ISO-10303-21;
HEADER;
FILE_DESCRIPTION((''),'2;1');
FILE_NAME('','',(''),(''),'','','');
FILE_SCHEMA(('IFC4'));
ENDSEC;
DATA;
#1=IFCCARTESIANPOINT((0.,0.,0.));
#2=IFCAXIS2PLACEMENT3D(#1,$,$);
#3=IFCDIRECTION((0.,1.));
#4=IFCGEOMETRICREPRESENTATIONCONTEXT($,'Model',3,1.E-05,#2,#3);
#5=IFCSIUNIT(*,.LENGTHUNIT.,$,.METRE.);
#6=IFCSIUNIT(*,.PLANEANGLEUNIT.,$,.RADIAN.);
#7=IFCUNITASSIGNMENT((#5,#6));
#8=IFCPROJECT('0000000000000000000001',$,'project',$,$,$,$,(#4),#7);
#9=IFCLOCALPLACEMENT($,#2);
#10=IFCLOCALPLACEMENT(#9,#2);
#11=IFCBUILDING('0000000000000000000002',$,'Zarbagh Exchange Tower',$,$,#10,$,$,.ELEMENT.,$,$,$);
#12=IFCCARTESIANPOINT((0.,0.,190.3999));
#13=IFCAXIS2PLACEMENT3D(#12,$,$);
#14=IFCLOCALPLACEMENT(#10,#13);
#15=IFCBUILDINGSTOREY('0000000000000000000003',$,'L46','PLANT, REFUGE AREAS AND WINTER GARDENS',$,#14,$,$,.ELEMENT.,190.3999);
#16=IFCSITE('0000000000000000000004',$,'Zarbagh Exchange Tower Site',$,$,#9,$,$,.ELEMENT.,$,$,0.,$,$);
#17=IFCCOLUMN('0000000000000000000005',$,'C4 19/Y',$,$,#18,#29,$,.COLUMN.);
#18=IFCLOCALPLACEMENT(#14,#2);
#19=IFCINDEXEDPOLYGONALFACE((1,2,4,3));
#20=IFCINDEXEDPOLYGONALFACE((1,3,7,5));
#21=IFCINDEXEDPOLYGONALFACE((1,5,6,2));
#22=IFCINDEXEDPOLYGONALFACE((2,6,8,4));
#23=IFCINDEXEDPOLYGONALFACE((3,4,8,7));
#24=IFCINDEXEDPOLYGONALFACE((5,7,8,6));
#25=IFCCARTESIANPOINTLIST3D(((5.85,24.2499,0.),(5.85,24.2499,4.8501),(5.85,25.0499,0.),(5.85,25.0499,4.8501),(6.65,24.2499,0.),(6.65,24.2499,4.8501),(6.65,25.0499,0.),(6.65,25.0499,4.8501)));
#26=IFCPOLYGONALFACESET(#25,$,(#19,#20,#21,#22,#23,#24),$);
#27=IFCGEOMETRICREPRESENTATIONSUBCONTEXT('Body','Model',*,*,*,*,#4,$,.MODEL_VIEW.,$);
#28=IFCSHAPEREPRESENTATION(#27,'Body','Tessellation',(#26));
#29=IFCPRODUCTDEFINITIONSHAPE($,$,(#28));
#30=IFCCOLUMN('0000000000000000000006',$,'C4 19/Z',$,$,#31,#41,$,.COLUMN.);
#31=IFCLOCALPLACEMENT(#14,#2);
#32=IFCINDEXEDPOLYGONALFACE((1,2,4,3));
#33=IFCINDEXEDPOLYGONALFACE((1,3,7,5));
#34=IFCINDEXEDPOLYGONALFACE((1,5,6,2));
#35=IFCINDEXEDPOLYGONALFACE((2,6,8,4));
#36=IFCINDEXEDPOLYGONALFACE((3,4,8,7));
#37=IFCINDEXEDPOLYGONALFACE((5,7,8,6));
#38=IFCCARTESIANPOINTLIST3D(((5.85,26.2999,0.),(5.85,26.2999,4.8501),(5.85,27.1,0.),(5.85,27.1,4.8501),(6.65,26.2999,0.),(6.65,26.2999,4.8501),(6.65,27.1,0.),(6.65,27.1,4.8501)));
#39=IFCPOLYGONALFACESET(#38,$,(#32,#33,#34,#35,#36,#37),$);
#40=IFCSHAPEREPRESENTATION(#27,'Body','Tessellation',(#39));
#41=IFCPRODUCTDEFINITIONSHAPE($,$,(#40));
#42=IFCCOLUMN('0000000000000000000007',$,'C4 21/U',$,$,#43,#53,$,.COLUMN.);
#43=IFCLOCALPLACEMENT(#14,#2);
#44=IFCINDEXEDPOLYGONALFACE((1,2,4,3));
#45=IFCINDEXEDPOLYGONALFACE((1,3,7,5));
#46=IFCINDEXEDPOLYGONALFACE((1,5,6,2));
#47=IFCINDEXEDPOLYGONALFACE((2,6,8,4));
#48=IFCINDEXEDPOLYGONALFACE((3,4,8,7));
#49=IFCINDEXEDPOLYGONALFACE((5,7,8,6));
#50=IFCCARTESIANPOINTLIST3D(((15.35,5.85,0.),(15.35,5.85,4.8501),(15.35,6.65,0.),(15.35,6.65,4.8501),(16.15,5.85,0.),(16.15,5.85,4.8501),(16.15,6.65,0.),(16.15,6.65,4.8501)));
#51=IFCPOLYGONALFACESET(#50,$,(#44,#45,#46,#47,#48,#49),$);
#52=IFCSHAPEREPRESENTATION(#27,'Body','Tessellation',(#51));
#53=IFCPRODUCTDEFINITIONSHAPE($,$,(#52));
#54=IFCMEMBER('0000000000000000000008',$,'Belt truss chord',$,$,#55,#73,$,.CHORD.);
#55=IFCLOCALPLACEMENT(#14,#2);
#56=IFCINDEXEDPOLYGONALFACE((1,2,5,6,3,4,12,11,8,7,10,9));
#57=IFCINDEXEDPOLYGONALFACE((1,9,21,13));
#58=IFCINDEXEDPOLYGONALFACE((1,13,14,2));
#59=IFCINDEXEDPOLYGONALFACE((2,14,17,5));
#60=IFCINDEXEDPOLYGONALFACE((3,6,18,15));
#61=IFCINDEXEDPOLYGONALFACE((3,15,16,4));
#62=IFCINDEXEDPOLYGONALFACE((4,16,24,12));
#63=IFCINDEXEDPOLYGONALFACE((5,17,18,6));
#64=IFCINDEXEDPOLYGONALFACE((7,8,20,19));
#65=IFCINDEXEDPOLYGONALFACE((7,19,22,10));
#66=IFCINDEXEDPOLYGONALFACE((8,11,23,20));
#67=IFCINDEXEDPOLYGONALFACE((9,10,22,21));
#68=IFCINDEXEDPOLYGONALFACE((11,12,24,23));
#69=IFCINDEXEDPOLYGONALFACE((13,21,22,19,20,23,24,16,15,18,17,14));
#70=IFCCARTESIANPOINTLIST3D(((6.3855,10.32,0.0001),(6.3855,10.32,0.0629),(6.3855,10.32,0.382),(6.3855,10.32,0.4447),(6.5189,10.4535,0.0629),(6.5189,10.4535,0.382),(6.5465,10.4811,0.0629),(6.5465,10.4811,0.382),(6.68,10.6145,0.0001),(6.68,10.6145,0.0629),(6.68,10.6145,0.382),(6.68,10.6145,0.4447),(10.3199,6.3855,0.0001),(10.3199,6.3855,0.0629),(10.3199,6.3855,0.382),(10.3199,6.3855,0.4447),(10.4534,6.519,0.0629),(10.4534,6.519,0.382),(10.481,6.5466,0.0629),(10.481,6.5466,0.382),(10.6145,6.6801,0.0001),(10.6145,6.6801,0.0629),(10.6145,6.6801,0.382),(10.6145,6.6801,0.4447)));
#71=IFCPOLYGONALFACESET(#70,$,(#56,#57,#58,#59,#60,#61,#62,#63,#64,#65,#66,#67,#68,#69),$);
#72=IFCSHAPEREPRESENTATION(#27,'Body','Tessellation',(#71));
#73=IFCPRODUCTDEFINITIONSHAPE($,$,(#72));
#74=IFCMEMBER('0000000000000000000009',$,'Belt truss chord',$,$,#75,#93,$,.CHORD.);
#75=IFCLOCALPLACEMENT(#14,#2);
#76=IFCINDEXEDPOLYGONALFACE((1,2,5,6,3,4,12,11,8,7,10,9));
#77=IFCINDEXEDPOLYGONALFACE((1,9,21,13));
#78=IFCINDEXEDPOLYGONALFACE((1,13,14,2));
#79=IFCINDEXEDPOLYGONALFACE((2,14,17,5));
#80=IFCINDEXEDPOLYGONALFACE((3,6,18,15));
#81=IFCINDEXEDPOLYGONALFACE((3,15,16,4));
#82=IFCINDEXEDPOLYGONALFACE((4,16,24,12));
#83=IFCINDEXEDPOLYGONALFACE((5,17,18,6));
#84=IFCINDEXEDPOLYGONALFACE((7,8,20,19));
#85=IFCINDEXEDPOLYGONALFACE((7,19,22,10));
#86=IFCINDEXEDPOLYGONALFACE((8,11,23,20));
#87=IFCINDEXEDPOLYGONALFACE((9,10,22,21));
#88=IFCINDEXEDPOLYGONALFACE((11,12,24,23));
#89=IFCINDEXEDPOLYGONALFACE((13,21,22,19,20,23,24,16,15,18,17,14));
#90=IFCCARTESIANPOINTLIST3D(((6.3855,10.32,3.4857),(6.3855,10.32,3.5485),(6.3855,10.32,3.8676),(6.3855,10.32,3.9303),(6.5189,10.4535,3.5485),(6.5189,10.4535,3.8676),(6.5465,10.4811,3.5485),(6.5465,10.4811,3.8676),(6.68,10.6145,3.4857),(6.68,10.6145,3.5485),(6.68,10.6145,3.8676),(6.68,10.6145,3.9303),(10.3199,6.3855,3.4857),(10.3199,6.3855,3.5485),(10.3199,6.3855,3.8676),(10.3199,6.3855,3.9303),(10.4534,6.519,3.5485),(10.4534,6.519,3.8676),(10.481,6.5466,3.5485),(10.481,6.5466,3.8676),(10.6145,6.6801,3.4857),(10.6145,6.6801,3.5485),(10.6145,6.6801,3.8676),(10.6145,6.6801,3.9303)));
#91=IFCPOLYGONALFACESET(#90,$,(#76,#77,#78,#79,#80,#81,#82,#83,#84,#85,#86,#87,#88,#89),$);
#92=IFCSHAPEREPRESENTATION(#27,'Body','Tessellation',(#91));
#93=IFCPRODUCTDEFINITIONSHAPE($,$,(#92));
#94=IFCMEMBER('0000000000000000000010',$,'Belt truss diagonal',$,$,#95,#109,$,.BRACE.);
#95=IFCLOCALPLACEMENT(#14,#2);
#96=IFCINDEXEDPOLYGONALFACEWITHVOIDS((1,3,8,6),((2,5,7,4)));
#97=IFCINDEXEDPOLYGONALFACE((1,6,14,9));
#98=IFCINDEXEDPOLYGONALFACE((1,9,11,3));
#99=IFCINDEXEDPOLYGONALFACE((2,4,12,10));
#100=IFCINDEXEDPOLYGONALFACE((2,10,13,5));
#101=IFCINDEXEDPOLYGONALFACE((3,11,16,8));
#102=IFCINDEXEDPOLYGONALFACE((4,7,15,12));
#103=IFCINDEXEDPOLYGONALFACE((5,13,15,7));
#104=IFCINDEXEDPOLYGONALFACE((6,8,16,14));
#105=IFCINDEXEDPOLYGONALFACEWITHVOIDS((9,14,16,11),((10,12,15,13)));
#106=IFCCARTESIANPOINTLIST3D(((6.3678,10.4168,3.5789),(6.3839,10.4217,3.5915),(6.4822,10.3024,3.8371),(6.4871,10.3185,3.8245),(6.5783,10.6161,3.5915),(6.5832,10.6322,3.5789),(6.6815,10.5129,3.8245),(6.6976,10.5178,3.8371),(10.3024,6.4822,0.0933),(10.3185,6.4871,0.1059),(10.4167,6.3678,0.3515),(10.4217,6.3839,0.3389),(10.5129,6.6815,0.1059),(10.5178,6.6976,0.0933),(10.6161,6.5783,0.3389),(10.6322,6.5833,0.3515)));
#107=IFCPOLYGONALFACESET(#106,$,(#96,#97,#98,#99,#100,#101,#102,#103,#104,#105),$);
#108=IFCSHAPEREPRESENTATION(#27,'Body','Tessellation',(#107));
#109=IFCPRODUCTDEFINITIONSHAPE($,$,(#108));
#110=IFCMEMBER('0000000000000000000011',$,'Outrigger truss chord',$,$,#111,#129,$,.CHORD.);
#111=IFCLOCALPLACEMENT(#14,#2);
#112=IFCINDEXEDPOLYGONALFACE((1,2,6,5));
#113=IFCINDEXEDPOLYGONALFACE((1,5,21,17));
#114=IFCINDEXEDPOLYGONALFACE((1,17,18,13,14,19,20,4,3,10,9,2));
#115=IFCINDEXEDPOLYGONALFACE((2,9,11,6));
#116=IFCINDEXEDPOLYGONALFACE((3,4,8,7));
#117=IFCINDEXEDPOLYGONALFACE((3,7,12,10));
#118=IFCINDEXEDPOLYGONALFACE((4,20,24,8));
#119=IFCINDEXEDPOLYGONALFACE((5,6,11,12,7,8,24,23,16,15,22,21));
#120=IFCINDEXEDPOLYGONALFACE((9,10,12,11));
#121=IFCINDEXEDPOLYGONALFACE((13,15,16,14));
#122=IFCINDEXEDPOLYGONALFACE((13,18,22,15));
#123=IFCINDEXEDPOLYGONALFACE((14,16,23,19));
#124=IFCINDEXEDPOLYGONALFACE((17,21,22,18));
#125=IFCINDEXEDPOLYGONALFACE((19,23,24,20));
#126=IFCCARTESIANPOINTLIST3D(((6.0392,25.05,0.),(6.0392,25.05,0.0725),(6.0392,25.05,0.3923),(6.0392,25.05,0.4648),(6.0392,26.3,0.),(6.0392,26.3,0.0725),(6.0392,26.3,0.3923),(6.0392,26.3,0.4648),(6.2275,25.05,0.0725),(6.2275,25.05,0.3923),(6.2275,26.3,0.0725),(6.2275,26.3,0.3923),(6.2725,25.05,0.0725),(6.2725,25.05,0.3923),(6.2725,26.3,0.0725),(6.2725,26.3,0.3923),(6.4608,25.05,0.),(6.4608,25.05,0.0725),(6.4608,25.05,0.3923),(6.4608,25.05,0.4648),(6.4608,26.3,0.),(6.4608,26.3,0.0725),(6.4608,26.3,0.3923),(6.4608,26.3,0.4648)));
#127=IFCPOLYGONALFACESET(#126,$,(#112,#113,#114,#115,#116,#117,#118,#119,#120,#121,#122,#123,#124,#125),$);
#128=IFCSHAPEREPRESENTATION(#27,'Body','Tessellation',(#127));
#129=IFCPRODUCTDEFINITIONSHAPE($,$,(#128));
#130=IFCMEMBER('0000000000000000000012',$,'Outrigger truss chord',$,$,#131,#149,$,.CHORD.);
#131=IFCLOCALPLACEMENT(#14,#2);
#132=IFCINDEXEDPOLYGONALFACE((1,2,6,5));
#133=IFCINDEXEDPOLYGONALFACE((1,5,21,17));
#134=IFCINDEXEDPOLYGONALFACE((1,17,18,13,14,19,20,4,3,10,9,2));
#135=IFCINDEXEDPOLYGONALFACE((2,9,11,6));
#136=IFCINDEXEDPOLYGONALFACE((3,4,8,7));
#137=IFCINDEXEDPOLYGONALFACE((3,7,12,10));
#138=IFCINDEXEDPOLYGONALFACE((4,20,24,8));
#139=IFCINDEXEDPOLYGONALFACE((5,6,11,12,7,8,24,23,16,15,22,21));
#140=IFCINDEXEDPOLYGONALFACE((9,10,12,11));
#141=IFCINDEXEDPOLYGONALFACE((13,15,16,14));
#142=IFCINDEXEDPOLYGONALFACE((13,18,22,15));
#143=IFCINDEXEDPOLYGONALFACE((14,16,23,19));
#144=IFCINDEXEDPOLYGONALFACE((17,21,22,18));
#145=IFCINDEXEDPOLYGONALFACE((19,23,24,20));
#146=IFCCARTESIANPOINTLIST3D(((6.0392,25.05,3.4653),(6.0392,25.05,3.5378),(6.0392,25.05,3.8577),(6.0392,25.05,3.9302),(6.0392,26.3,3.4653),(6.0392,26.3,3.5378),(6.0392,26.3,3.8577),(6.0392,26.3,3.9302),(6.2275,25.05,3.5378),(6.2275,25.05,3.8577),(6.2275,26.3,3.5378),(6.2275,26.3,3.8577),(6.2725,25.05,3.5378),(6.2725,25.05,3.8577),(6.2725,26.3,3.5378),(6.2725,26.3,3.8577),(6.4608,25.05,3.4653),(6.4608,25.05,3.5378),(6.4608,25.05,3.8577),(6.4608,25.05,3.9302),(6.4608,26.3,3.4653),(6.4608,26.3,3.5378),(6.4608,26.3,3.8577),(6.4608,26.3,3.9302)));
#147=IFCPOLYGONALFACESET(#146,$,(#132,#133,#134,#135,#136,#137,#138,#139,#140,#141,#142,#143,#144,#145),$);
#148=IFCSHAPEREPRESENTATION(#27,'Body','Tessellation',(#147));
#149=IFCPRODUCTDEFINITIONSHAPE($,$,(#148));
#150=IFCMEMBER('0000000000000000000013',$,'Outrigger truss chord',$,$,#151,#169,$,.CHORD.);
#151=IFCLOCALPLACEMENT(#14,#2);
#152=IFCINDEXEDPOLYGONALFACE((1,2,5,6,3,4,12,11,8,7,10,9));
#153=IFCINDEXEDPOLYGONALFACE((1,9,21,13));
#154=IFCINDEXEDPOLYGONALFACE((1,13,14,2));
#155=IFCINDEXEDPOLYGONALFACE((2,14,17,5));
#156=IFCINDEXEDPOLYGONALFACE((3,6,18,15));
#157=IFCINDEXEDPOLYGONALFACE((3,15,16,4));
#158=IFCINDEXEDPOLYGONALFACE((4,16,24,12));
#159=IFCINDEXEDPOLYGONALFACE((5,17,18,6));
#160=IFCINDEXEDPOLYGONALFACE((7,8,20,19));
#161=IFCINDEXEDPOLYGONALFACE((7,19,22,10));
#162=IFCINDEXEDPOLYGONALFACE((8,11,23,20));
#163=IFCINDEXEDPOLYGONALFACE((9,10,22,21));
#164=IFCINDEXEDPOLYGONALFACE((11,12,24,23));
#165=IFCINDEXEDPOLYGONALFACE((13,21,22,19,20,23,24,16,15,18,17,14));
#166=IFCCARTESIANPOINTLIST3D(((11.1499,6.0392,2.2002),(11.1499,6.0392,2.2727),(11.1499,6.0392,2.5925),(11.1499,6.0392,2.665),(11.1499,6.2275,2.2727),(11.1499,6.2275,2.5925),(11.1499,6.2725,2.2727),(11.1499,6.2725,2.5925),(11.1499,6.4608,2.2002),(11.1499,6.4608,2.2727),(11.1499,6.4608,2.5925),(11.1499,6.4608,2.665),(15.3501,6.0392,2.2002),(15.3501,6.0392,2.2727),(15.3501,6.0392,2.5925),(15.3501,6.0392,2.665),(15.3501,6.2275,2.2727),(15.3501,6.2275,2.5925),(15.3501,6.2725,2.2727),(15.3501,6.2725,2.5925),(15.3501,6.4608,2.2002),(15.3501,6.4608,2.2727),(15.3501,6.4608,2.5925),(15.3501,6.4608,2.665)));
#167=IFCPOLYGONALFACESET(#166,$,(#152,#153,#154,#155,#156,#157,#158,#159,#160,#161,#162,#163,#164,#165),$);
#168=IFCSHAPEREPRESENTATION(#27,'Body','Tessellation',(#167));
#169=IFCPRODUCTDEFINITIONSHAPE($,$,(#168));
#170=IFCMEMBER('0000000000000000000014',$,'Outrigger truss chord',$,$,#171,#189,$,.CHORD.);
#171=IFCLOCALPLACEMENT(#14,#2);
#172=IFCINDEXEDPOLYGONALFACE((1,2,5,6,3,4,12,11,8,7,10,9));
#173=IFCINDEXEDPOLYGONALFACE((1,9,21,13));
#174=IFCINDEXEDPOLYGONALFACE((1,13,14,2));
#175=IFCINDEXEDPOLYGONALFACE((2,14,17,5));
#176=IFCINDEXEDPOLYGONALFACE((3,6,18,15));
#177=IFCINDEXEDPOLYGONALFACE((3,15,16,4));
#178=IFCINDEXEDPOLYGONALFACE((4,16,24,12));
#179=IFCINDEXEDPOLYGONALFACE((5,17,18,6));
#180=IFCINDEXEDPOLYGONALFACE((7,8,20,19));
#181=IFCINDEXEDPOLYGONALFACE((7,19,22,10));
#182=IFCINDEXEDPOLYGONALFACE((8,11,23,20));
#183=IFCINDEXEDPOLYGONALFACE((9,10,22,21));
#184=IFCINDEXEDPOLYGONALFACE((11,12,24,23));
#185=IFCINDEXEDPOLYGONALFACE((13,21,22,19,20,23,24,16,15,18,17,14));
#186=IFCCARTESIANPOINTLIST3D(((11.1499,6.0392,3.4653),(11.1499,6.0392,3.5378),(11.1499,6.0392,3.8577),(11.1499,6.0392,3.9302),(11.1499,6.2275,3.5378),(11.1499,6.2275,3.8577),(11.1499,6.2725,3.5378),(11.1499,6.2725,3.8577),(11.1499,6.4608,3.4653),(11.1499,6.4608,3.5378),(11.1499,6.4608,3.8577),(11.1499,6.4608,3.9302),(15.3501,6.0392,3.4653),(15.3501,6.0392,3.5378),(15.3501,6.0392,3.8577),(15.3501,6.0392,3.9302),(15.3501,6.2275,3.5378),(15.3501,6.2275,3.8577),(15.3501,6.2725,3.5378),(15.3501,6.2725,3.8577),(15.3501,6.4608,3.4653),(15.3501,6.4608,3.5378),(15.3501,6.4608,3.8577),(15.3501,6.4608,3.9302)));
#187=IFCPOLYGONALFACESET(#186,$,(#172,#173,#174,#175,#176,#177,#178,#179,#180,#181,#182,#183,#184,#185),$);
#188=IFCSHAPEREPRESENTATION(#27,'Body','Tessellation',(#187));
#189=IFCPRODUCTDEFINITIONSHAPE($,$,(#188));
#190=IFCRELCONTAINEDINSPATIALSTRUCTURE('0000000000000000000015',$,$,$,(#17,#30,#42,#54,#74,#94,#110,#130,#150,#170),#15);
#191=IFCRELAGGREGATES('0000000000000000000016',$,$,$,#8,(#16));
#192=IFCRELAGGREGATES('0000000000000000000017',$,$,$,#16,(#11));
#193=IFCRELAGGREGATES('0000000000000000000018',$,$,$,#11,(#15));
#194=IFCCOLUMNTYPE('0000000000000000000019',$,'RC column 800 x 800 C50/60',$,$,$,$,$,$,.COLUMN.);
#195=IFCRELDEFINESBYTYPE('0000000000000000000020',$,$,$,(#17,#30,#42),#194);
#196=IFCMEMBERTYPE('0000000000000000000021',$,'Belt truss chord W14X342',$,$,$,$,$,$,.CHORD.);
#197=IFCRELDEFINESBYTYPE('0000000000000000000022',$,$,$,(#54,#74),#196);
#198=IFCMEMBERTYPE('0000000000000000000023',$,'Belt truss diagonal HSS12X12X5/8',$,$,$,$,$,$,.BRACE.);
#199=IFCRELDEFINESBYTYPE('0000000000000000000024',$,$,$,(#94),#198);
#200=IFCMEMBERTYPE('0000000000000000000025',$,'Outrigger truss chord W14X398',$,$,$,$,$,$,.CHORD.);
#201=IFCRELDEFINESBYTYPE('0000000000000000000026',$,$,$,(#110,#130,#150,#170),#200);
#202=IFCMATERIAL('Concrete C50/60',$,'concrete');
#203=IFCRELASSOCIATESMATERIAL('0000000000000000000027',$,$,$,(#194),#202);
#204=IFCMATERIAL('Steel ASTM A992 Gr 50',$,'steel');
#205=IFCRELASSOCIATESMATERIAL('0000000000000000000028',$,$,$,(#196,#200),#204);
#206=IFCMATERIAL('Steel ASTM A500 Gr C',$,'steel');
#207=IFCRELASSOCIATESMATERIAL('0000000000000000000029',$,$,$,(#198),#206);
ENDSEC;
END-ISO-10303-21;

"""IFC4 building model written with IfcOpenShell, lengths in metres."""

from ifc_helpers import new_model, si_unit, direction, frame, origin, origin_2d, place, context, subcontext, project, spatial, rectangle, hollow_rectangle, i_section, extrude, material, material_profile, profile_set, type_object, element, save


model = new_model("IFC4")

# Units and contexts
model_context = context("Model", 3, precision=1e-05, world=origin(), true_north=direction((0.0, 1.0)))
body_context = subcontext(model_context, "Body", "Model", "MODEL_VIEW")
ifc_project = project(units=[si_unit("LENGTHUNIT", "METRE"), si_unit("PLANEANGLEUNIT", "RADIAN")], contexts=[model_context])

# Site, building, storey
site_placement = place(None, origin())
site = spatial("IfcSite", under=ifc_project, at=site_placement, Name="Zarbagh Exchange Tower Site", CompositionType="ELEMENT", RefElevation=0.0)
building_placement = place(site_placement, origin())
building = spatial("IfcBuilding", under=site, at=building_placement, Name="Zarbagh Exchange Tower", CompositionType="ELEMENT")
storey_placement = place(building_placement, frame((0.0, 0.0, 190.3999)))
storey = spatial("IfcBuildingStorey", under=building, at=storey_placement, Name="L46", Description="PLANT, REFUGE AREAS AND WINTER GARDENS", CompositionType="ELEMENT", Elevation=190.3999)

# Columns
ifc_material_1 = material(Name="Concrete C50/60", Category="concrete")
ifc_material_profile_1 = material_profile(ifc_material_1, rectangle(XDim=0.8, YDim=0.8, at=origin_2d()), Name="RC column 800 x 800 C50/60")
ifc_profile_set_1 = profile_set([ifc_material_profile_1], Name="Concrete C50/60")
column_type = type_object("IfcColumnType", Name="RC column 800 x 800 C50/60", PredefinedType="COLUMN", material=ifc_profile_set_1)
for number, where, z_axis, x_axis, name in (
    (1, (6.25, 24.6499, 0.0), (0.0, 0.0, 1.0), (1.0, 0.0, 0.0), "C4 19/Y"),
    (2, (6.25, 26.7, 0.0), (0.0, 0.0, 1.0), (1.0, 0.0, 0.0), "C4 19/Z"),
    (3, (15.75, 6.25, 0.0), (0.0, 0.0, 1.0), (1.0, 0.0, 0.0), "C4 21/U"),
):
    element("IfcColumn", number, at=place(storey_placement, frame(where, z_axis=z_axis, x_axis=x_axis)), inside=storey, type_object=column_type, Name=name, PredefinedType="COLUMN", context=body_context, shape_type="SweptSolid", body=[
        extrude(rectangle(XDim=0.8, YDim=0.8, at=origin_2d()), origin(), (0.0, 0.0, 1.0), 4.8501),
    ])

# Members
ifc_material_2 = material(Name="Steel ASTM A992 Gr 50", Category="steel")
ifc_material_profile_2 = material_profile(ifc_material_2, i_section(OverallWidth=0.4165, OverallDepth=0.4446, WebThickness=0.0391, FlangeThickness=0.0627, at=origin_2d()), Name="W14X342")
ifc_profile_set_2 = profile_set([ifc_material_profile_2], Name="Steel ASTM A992 Gr 50")
member_type_1 = type_object("IfcMemberType", Name="Belt truss chord W14X342", PredefinedType="CHORD", material=ifc_profile_set_2)
for number, where, z_axis, x_axis, name in (
    (4, (6.5327, 10.4673, 0.2224), (0.707107, -0.707107, 0.0), (0.707107, 0.707107, 0.0), "Belt truss chord"),
    (5, (6.5327, 10.4673, 3.708), (0.707107, -0.707107, 0.0), (0.707107, 0.707107, 0.0), "Belt truss chord"),
):
    element("IfcMember", number, at=place(storey_placement, frame(where, z_axis=z_axis, x_axis=x_axis)), inside=storey, type_object=member_type_1, Name=name, PredefinedType="CHORD", context=body_context, shape_type="SweptSolid", body=[
        extrude(i_section(OverallWidth=0.4165, OverallDepth=0.4446, WebThickness=0.0391, FlangeThickness=0.0627, at=origin_2d()), origin(), (0.0, 0.0, 1.0), 5.5642),
    ])
ifc_material_3 = material(Name="Steel ASTM A500 Gr C", Category="steel")
ifc_material_profile_3 = material_profile(ifc_material_3, hollow_rectangle(XDim=0.3047, YDim=0.3047, WallThickness=0.0149, at=origin_2d()), Name="HSS12X12X5/8")
ifc_profile_set_3 = profile_set([ifc_material_profile_3], Name="Steel ASTM A500 Gr C")
member_type_2 = type_object("IfcMemberType", Name="Belt truss diagonal HSS12X12X5/8", PredefinedType="BRACE", material=ifc_profile_set_3)
member_1_placement = place(storey_placement, frame((10.4673, 6.5327, 0.2224), z_axis=(-0.599243, 0.599243, 0.530863), x_axis=(-0.707107, -0.707107, 0.0)))
element("IfcMember", 6, at=member_1_placement, inside=storey, type_object=member_type_2, Name="Belt truss diagonal", PredefinedType="BRACE", context=body_context, shape_type="SweptSolid", body=[
    extrude(hollow_rectangle(XDim=0.3047, YDim=0.3047, WallThickness=0.0149, at=origin_2d()), origin(), (0.0, 0.0, 1.0), 6.5659),
])
ifc_material_profile_4 = material_profile(ifc_material_2, i_section(OverallWidth=0.4216, OverallDepth=0.4648, WebThickness=0.0449, FlangeThickness=0.0725, at=origin_2d()), Name="W14X398")
ifc_profile_set_4 = profile_set([ifc_material_profile_4], Name="Steel ASTM A992 Gr 50")
member_type_3 = type_object("IfcMemberType", Name="Outrigger truss chord W14X398", PredefinedType="CHORD", material=ifc_profile_set_4)
for number, where, z_axis, x_axis, name in (
    (7, (6.25, 26.3, 0.2324), (0.0, -1.0, 0.0), (1.0, 0.0, 0.0), "Outrigger truss chord"),
    (8, (6.25, 26.3, 3.6978), (0.0, -1.0, 0.0), (1.0, 0.0, 0.0), "Outrigger truss chord"),
):
    element("IfcMember", number, at=place(storey_placement, frame(where, z_axis=z_axis, x_axis=x_axis)), inside=storey, type_object=member_type_3, Name=name, PredefinedType="CHORD", context=body_context, shape_type="SweptSolid", body=[
        extrude(i_section(OverallWidth=0.4216, OverallDepth=0.4648, WebThickness=0.0449, FlangeThickness=0.0725, at=origin_2d()), origin(), (0.0, 0.0, 1.0), 1.25),
    ])
for number, where, z_axis, x_axis, name in (
    (9, (11.1499, 6.25, 2.4326), (1.0, 0.0, 0.0), (0.0, 1.0, 0.0), "Outrigger truss chord"),
    (10, (11.1499, 6.25, 3.6978), (1.0, 0.0, 0.0), (0.0, 1.0, 0.0), "Outrigger truss chord"),
):
    element("IfcMember", number, at=place(storey_placement, frame(where, z_axis=z_axis, x_axis=x_axis)), inside=storey, type_object=member_type_3, Name=name, PredefinedType="CHORD", context=body_context, shape_type="SweptSolid", body=[
        extrude(i_section(OverallWidth=0.4216, OverallDepth=0.4648, WebThickness=0.0449, FlangeThickness=0.0725, at=origin_2d()), origin(), (0.0, 0.0, 1.0), 4.2002),
    ])

save(model, "model.ifc")
